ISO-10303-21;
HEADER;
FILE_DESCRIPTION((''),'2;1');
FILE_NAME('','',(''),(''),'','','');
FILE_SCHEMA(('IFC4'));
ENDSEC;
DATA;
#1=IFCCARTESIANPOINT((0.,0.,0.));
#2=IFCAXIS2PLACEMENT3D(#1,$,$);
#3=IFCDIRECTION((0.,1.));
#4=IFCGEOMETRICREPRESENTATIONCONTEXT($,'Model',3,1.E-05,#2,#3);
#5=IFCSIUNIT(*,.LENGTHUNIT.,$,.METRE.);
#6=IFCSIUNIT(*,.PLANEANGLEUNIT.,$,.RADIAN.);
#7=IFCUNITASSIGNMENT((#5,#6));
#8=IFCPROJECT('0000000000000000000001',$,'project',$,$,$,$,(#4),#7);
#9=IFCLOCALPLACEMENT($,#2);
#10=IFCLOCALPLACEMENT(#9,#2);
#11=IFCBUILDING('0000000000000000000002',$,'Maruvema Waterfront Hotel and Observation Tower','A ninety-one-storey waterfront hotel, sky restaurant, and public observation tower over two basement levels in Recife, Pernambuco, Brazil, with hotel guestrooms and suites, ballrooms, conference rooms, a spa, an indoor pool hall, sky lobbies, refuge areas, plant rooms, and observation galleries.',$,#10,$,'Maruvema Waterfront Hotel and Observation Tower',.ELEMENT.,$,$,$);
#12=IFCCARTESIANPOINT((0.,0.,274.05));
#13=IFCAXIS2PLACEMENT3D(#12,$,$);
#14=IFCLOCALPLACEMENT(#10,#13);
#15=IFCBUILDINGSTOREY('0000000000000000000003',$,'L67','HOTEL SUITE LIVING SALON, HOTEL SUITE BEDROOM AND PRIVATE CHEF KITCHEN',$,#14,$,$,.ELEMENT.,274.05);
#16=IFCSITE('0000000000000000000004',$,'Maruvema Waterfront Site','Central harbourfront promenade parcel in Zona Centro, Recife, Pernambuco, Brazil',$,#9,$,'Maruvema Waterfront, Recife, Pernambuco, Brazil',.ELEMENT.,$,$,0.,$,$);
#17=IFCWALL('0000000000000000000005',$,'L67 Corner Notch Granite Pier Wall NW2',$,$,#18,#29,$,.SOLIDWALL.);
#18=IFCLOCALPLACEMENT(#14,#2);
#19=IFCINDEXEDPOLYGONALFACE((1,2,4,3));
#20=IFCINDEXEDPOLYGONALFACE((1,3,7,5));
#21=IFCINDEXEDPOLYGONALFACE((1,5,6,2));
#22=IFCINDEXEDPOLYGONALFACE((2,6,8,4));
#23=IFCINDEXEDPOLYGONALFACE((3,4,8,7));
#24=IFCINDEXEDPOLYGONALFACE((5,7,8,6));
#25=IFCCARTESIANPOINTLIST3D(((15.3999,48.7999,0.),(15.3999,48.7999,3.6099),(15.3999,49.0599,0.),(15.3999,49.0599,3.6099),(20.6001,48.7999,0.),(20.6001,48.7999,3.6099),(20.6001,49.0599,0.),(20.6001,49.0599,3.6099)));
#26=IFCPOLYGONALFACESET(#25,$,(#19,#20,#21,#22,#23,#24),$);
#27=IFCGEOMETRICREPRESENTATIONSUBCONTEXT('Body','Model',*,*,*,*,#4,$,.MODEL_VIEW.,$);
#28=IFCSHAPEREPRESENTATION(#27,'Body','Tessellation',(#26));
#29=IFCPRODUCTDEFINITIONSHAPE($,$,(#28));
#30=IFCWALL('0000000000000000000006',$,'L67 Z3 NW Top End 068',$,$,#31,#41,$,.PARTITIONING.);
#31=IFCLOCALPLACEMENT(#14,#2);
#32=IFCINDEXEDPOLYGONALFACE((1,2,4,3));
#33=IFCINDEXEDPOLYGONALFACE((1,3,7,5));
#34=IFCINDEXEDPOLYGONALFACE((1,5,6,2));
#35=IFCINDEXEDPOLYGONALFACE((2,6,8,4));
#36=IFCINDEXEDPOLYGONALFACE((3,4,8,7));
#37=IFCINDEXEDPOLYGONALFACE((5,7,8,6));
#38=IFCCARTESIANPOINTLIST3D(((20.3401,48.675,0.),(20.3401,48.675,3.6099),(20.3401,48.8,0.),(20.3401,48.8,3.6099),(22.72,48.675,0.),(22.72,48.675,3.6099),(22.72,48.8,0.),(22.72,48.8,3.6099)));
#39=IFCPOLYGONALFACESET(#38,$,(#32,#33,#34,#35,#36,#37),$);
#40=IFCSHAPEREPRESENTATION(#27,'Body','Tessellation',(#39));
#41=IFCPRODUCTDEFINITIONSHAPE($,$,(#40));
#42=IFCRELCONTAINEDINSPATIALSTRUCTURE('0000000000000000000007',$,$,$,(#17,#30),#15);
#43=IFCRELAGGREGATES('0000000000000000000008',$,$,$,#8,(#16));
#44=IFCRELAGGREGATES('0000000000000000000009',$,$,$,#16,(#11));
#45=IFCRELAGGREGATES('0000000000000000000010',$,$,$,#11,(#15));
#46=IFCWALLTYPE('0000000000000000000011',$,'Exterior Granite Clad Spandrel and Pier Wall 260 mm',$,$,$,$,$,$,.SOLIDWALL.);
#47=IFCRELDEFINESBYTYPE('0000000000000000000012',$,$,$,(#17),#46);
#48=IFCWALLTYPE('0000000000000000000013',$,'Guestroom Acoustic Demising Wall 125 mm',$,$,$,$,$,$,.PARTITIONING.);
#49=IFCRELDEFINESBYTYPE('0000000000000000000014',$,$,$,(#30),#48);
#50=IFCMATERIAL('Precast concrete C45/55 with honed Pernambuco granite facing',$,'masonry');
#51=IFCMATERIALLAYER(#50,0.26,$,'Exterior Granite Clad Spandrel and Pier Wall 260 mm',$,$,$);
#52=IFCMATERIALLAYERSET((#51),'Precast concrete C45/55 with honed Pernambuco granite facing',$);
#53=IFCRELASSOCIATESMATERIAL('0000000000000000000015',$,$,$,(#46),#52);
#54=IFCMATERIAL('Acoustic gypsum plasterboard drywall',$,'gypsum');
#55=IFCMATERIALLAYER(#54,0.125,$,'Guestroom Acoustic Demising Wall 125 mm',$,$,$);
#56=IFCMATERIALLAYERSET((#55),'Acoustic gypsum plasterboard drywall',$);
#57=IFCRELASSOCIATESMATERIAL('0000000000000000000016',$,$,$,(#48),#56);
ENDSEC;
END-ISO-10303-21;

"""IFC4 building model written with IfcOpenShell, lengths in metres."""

from ifc_helpers import new_model, si_unit, direction, frame, frame_2d, origin, place, context, subcontext, project, spatial, rectangle, extrude, material, layer, layer_set, type_object, element, save


model = new_model("IFC4")

# Units and contexts
model_context = context("Model", 3, precision=1e-05, world=origin(), true_north=direction((0.0, 1.0)))
body_context = subcontext(model_context, "Body", "Model", "MODEL_VIEW")
ifc_project = project(units=[si_unit("LENGTHUNIT", "METRE"), si_unit("PLANEANGLEUNIT", "RADIAN")], contexts=[model_context])

# Site, building, storey
site_placement = place(None, origin())
site = spatial("IfcSite", under=ifc_project, at=site_placement, Name="Maruvema Waterfront Site", Description="Central harbourfront promenade parcel in Zona Centro, Recife, Pernambuco, Brazil", LongName="Maruvema Waterfront, Recife, Pernambuco, Brazil", CompositionType="ELEMENT", RefElevation=0.0)
building_placement = place(site_placement, origin())
building = spatial("IfcBuilding", under=site, at=building_placement, Name="Maruvema Waterfront Hotel and Observation Tower", Description="A ninety-one-storey waterfront hotel, sky restaurant, and public observation tower over two basement levels in Recife, Pernambuco, Brazil, with hotel guestrooms and suites, ballrooms, conference rooms, a spa, an indoor pool hall, sky lobbies, refuge areas, plant rooms, and observation galleries.", LongName="Maruvema Waterfront Hotel and Observation Tower", CompositionType="ELEMENT")
storey_placement = place(building_placement, frame((0.0, 0.0, 274.05)))
storey = spatial("IfcBuildingStorey", under=building, at=storey_placement, Name="L67", Description="HOTEL SUITE LIVING SALON, HOTEL SUITE BEDROOM AND PRIVATE CHEF KITCHEN", CompositionType="ELEMENT", Elevation=274.05)

# Walls
ifc_material_1 = material(Name="Precast concrete C45/55 with honed Pernambuco granite facing", Category="masonry")
ifc_layer_1 = layer(ifc_material_1, 0.26, Name="Exterior Granite Clad Spandrel and Pier Wall 260 mm")
ifc_layer_set_1 = layer_set([ifc_layer_1], Name="Precast concrete C45/55 with honed Pernambuco granite facing")
wall_type_1 = type_object("IfcWallType", Name="Exterior Granite Clad Spandrel and Pier Wall 260 mm", PredefinedType="SOLIDWALL", material=ifc_layer_set_1)
wall_1_placement = place(storey_placement, frame((15.3999, 48.9299, 0.0), z_axis=(0.0, 0.0, 1.0), x_axis=(1.0, 0.0, 0.0)))
element("IfcWall", 1, at=wall_1_placement, inside=storey, type_object=wall_type_1, Name="L67 Corner Notch Granite Pier Wall NW2", PredefinedType="SOLIDWALL", context=body_context, shape_type="SweptSolid", body=[
    extrude(rectangle(XDim=5.2002, YDim=0.26, at=frame_2d((2.6001, 0.0))), origin(), (0.0, 0.0, 1.0), 3.6099),
])
ifc_material_2 = material(Name="Acoustic gypsum plasterboard drywall", Category="gypsum")
ifc_layer_2 = layer(ifc_material_2, 0.125, Name="Guestroom Acoustic Demising Wall 125 mm")
ifc_layer_set_2 = layer_set([ifc_layer_2], Name="Acoustic gypsum plasterboard drywall")
wall_type_2 = type_object("IfcWallType", Name="Guestroom Acoustic Demising Wall 125 mm", PredefinedType="PARTITIONING", material=ifc_layer_set_2)
wall_2_placement = place(storey_placement, frame((20.3401, 48.7375, 0.0), z_axis=(0.0, 0.0, 1.0), x_axis=(1.0, 0.0, 0.0)))
element("IfcWall", 2, at=wall_2_placement, inside=storey, type_object=wall_type_2, Name="L67 Z3 NW Top End 068", PredefinedType="PARTITIONING", context=body_context, shape_type="SweptSolid", body=[
    extrude(rectangle(XDim=2.3799, YDim=0.125, at=frame_2d((1.1899, 0.0))), origin(), (0.0, 0.0, 1.0), 3.6099),
])

save(model, "model.ifc")
